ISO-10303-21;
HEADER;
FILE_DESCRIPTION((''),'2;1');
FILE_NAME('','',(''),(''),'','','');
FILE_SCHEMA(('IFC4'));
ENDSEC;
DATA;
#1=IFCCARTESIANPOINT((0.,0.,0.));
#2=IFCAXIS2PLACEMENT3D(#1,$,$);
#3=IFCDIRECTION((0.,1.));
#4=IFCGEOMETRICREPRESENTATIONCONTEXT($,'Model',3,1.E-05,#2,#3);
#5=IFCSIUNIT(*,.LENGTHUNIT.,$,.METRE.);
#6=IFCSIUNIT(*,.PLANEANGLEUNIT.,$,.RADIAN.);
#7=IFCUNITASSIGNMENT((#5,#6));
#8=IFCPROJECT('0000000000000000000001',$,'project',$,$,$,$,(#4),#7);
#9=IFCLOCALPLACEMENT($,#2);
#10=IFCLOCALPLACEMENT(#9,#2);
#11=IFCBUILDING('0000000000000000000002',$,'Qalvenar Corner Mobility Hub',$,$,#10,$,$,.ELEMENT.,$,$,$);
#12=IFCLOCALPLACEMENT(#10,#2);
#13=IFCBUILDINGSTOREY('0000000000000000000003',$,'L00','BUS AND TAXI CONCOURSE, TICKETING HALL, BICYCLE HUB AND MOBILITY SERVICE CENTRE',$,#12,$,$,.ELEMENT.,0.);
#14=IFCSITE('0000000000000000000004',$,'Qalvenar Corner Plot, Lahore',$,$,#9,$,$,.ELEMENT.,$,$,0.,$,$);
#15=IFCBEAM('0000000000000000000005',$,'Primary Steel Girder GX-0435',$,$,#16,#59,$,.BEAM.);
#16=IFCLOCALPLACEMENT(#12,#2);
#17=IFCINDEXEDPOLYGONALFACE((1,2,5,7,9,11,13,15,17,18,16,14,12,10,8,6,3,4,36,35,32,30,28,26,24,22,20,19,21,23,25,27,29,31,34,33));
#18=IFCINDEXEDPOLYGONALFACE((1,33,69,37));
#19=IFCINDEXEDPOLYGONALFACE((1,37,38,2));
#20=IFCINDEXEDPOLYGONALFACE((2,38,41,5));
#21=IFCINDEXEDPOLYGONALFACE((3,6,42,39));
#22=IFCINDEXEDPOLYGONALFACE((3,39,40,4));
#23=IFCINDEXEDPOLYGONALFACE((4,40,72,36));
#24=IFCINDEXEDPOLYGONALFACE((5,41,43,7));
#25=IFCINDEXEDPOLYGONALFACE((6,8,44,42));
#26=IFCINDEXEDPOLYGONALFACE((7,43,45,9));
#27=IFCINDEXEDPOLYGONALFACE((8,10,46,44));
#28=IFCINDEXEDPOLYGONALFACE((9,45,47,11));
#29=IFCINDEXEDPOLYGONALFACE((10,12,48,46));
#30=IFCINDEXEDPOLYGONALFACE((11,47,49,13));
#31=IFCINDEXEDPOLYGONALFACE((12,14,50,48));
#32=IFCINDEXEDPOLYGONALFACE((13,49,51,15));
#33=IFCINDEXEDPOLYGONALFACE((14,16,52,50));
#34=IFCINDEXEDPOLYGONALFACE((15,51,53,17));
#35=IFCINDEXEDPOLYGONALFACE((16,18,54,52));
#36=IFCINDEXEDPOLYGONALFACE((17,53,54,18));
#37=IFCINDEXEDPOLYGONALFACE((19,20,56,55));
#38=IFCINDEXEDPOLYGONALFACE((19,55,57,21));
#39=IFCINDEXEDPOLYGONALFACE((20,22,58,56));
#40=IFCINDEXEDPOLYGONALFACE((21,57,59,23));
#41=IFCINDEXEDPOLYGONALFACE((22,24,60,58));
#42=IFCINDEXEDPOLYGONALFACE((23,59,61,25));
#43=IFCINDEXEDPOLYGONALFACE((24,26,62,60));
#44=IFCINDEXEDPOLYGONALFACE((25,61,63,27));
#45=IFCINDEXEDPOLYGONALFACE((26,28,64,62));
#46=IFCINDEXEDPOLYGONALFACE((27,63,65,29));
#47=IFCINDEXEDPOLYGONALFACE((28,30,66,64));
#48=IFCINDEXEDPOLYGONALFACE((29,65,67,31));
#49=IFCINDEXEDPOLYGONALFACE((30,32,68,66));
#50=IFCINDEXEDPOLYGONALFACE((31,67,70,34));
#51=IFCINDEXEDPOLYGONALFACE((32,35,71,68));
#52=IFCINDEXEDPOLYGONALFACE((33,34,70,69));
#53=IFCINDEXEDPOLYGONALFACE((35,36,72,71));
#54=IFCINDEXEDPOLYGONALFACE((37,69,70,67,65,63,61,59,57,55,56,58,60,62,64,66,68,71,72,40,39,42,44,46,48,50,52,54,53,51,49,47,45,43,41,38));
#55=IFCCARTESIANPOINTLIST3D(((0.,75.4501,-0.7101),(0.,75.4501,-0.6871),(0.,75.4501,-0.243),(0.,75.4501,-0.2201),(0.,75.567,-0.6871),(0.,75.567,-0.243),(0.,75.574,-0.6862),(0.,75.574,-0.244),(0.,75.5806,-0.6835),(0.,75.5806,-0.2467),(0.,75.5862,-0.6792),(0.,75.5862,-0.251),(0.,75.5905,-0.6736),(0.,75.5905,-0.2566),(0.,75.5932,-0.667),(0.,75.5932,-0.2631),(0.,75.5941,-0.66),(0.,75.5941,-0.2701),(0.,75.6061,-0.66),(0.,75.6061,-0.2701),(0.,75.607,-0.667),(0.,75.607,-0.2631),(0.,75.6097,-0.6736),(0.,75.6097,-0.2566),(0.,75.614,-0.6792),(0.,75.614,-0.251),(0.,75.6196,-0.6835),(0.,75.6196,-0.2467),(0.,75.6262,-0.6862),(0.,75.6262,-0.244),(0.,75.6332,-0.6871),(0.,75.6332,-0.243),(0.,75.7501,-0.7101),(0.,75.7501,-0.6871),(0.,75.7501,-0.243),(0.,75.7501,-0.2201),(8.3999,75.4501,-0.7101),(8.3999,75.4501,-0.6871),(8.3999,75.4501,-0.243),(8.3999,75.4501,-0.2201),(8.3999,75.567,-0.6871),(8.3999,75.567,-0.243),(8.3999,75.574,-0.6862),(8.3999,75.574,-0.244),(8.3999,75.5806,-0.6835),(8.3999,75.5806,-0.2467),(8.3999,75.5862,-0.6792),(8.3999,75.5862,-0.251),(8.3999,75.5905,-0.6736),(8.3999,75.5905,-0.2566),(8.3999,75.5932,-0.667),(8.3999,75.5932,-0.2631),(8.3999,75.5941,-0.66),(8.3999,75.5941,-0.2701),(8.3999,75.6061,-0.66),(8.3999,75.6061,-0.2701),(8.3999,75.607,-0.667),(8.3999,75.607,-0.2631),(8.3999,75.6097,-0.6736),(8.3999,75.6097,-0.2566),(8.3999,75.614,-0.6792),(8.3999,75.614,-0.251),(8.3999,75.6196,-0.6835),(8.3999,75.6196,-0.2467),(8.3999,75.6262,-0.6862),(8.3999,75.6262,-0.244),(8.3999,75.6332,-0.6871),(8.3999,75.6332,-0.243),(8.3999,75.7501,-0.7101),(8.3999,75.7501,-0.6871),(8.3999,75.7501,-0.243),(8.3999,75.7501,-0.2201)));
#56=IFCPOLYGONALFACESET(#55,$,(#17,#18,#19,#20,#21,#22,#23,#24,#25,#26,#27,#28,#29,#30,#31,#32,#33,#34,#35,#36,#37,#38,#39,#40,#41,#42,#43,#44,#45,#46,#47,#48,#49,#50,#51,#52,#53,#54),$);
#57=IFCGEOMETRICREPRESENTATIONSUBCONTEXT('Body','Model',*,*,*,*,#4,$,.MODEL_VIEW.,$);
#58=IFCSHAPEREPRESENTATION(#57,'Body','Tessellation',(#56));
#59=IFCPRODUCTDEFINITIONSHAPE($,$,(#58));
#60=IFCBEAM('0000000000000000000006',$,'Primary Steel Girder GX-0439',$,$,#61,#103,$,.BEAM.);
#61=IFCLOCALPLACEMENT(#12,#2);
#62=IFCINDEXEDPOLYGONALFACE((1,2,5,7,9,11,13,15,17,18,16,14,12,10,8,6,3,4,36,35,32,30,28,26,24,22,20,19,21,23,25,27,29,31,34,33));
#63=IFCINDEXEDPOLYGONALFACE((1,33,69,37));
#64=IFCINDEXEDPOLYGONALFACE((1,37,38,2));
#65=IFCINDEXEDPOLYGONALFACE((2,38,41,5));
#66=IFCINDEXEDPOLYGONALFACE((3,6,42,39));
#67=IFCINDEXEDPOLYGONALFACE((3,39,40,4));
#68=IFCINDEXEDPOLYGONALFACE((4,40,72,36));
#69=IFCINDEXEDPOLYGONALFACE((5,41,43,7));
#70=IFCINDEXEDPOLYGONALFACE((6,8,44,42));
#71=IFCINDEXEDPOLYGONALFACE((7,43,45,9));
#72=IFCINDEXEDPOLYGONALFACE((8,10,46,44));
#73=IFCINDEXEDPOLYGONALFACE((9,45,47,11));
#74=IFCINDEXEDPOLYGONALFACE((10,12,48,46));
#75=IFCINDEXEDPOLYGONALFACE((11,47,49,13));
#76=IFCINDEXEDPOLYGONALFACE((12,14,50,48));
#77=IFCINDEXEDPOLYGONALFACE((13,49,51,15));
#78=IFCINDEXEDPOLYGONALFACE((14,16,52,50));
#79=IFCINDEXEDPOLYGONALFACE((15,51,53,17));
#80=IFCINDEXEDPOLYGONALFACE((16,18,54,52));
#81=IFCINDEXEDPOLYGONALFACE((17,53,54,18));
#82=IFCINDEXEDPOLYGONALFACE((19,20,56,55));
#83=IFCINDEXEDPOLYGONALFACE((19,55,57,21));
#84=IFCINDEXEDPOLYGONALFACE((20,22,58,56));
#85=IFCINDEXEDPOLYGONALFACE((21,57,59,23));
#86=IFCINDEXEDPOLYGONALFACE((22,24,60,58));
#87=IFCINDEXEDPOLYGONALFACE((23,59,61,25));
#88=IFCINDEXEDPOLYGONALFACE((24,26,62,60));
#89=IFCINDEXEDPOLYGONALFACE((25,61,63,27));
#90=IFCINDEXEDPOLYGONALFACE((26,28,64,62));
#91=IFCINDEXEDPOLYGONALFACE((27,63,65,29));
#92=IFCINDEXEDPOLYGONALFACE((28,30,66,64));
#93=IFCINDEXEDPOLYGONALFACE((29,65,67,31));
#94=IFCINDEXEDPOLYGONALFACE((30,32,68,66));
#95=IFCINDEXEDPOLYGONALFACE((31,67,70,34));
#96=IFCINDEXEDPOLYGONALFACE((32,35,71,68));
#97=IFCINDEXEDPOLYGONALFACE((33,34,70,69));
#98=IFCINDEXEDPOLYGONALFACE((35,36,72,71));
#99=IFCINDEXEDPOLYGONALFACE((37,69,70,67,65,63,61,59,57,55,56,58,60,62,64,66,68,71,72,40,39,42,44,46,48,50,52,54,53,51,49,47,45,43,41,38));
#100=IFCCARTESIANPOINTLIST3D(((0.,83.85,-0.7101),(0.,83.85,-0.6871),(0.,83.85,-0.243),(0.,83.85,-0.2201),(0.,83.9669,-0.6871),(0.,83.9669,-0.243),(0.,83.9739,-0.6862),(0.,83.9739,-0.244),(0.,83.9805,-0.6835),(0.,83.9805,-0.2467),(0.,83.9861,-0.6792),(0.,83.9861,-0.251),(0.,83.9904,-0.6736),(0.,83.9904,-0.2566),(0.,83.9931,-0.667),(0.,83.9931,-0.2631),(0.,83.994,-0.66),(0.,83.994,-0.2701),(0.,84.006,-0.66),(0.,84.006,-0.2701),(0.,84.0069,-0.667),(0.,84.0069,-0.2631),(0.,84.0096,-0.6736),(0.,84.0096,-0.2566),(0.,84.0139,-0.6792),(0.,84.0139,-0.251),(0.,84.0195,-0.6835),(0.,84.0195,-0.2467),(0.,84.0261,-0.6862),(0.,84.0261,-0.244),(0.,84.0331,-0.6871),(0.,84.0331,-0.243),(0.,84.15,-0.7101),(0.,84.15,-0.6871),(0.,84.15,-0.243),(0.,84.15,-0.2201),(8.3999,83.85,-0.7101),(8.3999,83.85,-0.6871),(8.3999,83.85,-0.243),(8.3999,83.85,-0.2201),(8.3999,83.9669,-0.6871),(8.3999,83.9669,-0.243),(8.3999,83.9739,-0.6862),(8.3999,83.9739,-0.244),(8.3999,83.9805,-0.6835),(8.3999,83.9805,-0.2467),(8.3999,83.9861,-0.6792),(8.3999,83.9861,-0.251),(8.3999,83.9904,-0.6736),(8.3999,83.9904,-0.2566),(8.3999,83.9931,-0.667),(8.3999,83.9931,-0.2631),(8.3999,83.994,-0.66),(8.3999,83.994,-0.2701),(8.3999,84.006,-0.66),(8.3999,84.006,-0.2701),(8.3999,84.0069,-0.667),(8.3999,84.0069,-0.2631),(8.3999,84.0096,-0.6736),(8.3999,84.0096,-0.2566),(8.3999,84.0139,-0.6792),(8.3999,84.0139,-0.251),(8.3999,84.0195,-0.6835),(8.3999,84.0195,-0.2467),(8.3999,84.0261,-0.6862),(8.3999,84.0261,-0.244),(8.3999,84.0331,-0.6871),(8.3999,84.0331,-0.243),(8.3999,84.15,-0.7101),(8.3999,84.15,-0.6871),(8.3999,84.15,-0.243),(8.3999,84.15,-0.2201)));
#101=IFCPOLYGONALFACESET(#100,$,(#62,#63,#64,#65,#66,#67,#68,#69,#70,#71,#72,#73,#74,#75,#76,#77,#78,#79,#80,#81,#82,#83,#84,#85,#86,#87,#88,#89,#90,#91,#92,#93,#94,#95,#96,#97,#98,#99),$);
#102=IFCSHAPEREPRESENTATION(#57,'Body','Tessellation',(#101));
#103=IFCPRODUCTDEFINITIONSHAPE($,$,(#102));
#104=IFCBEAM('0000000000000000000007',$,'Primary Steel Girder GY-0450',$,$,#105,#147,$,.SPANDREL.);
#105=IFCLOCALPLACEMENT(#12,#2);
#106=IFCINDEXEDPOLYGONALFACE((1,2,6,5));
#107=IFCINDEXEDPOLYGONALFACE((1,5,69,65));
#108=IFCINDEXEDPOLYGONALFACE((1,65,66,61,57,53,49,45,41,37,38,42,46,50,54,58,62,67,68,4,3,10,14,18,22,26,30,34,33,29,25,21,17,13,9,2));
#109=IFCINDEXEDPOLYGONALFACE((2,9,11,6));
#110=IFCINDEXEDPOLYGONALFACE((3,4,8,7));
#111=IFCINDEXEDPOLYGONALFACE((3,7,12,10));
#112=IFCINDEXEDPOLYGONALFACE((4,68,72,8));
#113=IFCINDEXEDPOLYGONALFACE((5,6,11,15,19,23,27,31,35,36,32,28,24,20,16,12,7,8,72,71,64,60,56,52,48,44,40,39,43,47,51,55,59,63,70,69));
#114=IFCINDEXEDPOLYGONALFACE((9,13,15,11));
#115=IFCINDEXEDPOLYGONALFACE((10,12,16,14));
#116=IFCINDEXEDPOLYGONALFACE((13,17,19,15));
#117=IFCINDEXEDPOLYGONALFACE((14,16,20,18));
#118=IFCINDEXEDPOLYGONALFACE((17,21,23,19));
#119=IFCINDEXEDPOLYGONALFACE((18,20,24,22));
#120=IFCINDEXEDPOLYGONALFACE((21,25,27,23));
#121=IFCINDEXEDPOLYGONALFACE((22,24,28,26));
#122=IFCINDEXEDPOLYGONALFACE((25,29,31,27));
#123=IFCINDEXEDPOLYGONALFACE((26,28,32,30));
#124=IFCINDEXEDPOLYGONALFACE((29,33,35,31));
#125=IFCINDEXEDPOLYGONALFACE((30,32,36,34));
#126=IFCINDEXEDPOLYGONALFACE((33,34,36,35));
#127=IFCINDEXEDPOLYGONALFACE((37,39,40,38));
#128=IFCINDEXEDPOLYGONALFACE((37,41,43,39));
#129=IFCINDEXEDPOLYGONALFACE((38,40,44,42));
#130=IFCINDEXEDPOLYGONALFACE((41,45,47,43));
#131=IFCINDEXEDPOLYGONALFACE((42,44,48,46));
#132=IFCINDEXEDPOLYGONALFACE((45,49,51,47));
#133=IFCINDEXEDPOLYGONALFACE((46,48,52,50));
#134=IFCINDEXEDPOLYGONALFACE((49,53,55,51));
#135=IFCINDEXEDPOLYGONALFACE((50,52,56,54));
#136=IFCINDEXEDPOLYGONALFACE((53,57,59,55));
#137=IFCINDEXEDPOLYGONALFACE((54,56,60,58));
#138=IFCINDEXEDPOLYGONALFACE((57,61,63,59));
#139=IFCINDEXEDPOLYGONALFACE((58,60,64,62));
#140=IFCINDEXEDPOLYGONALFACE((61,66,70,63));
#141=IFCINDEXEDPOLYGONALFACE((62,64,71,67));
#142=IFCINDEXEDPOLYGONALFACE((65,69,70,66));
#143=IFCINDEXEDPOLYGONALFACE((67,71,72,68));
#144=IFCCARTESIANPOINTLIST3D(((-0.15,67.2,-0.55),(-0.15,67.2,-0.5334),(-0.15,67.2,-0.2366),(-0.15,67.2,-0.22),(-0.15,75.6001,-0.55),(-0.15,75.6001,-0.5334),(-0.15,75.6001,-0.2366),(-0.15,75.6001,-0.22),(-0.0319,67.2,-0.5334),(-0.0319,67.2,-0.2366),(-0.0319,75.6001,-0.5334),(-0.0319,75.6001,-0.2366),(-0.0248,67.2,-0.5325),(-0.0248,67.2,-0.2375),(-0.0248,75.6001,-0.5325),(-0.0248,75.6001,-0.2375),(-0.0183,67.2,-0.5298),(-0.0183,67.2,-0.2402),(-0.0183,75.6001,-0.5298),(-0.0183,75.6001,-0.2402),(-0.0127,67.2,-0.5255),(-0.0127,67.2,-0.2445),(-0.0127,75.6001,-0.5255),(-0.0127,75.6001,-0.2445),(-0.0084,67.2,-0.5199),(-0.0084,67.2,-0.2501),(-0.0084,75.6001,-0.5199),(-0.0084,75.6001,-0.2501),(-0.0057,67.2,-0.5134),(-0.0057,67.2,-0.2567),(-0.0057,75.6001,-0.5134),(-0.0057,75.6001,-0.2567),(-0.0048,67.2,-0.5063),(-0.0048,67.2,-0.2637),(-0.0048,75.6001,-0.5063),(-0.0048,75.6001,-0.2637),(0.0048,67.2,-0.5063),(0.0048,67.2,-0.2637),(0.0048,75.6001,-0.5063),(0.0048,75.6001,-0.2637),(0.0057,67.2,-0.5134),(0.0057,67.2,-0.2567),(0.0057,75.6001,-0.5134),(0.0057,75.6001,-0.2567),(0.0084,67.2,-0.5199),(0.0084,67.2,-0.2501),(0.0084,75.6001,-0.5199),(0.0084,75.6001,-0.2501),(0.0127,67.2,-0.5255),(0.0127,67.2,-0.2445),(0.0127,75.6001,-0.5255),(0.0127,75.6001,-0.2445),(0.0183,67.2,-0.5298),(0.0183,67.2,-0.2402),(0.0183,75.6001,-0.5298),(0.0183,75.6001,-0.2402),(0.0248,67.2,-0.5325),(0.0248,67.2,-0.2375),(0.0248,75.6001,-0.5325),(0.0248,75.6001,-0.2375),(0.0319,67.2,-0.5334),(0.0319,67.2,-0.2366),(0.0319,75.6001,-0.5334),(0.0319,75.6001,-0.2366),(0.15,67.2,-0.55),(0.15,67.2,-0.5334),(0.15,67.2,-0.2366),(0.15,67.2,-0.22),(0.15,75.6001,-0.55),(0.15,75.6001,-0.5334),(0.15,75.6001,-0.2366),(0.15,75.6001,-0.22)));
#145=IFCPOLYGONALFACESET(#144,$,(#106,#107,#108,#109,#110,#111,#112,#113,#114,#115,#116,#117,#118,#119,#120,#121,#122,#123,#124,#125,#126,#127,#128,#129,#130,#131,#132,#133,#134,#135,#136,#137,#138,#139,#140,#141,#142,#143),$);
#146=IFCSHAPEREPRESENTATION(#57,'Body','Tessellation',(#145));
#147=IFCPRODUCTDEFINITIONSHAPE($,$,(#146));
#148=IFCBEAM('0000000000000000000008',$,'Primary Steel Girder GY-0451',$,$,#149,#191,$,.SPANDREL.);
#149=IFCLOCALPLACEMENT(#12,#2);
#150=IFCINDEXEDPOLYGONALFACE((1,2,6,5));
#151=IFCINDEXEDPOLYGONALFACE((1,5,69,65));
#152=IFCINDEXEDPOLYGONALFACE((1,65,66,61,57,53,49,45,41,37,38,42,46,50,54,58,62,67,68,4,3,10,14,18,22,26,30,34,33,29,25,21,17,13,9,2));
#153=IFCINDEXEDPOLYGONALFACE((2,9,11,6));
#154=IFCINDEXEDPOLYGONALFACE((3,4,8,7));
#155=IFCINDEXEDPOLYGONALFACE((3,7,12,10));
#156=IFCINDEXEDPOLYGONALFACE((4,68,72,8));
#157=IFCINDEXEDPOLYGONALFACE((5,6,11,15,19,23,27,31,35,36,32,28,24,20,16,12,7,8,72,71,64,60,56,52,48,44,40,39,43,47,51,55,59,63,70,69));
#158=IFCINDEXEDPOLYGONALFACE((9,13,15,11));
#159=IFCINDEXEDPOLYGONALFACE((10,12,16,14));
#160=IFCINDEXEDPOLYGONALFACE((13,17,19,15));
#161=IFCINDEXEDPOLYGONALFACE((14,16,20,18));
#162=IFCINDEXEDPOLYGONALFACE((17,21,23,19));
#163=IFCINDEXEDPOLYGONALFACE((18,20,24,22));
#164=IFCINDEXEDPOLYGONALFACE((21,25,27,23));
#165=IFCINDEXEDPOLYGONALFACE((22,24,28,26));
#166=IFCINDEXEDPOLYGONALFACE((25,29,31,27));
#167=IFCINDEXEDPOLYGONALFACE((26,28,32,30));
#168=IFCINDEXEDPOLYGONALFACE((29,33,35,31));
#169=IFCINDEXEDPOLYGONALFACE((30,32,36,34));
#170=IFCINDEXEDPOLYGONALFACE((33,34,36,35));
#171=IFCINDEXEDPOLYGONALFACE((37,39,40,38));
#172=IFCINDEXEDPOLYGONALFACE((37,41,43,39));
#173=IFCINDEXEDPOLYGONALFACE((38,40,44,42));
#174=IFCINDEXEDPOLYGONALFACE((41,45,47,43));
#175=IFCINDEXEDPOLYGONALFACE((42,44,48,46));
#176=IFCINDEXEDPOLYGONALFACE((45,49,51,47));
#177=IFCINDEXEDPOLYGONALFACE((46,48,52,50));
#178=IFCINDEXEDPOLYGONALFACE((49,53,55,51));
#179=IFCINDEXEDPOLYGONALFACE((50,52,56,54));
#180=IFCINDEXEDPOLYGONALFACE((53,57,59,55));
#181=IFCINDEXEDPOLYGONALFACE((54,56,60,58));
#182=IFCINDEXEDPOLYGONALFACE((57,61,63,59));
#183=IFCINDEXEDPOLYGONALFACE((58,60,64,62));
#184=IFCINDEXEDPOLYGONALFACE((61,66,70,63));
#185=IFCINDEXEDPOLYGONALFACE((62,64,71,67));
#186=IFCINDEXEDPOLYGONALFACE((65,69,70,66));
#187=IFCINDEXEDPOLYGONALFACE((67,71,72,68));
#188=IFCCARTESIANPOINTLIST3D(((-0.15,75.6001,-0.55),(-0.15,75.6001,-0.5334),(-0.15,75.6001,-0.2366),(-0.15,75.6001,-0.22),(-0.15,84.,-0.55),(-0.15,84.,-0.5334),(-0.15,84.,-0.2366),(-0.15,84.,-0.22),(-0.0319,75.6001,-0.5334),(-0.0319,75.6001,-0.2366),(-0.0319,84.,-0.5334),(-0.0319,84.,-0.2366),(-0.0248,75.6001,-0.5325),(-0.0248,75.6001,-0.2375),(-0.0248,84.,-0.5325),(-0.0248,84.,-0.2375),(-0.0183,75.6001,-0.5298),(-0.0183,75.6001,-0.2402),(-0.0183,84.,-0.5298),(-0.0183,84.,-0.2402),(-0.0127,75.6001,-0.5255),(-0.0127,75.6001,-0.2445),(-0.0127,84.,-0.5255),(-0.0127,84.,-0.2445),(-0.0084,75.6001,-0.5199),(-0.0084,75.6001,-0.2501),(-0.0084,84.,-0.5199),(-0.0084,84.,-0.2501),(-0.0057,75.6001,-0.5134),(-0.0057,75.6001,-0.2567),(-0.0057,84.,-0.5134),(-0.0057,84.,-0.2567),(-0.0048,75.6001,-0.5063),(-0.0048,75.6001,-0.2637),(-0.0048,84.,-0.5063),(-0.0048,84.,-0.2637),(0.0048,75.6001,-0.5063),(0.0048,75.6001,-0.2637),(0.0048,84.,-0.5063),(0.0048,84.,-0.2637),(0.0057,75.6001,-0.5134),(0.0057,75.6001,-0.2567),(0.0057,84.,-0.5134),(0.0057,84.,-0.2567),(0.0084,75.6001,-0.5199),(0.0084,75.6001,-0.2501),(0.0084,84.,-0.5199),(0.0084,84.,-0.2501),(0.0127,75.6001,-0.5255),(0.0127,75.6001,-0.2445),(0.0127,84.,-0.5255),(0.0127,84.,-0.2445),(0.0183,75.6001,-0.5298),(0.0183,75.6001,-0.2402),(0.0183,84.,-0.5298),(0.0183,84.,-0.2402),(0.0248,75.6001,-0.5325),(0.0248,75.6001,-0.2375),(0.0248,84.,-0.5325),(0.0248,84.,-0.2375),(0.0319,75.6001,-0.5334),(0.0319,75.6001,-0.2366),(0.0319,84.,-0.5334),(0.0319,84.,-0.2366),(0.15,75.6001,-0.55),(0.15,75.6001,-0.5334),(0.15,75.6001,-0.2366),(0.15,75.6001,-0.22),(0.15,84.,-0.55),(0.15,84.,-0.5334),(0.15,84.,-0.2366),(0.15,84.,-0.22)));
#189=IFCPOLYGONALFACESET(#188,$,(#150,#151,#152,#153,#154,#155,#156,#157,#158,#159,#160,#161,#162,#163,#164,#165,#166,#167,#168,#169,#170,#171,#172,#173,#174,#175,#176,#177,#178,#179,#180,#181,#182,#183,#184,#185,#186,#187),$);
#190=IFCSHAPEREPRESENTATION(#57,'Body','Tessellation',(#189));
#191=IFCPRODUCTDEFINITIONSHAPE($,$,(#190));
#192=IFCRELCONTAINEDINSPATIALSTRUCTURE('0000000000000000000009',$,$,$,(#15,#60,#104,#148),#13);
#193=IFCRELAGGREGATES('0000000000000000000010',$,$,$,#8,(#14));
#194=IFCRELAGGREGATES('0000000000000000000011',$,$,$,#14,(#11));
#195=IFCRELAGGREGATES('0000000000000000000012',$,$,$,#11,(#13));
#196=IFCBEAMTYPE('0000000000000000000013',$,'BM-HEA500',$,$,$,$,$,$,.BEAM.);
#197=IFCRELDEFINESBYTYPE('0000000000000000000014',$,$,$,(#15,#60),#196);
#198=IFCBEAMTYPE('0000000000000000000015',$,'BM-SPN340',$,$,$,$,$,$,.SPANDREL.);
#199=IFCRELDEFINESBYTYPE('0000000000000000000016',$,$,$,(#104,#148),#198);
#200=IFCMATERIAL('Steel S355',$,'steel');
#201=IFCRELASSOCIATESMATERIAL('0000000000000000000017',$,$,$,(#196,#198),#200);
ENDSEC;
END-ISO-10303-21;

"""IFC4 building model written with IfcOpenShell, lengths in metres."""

from ifc_helpers import new_model, si_unit, direction, frame, origin, origin_2d, place, context, subcontext, project, spatial, i_section, extrude, material, material_profile, profile_set, type_object, element, save


model = new_model("IFC4")

# Units and contexts
model_context = context("Model", 3, precision=1e-05, world=origin(), true_north=direction((0.0, 1.0)))
body_context = subcontext(model_context, "Body", "Model", "MODEL_VIEW")
ifc_project = project(units=[si_unit("LENGTHUNIT", "METRE"), si_unit("PLANEANGLEUNIT", "RADIAN")], contexts=[model_context])

# Site, building, storey
site_placement = place(None, origin())
site = spatial("IfcSite", under=ifc_project, at=site_placement, Name="Qalvenar Corner Plot, Lahore", CompositionType="ELEMENT", RefElevation=0.0)
building_placement = place(site_placement, origin())
building = spatial("IfcBuilding", under=site, at=building_placement, Name="Qalvenar Corner Mobility Hub", CompositionType="ELEMENT")
storey_placement = place(building_placement, origin())
storey = spatial("IfcBuildingStorey", under=building, at=storey_placement, Name="L00", Description="BUS AND TAXI CONCOURSE, TICKETING HALL, BICYCLE HUB AND MOBILITY SERVICE CENTRE", CompositionType="ELEMENT", Elevation=0.0)

# Shared definitions
ifc_material_1 = material(Name="Steel S355", Category="steel")

# Beams
ifc_material_profile_1 = material_profile(ifc_material_1, i_section(OverallWidth=0.3, OverallDepth=0.49, WebThickness=0.012, FlangeThickness=0.0229, FilletRadius=0.0271, at=origin_2d()), Name="HEA500")
ifc_profile_set_1 = profile_set([ifc_material_profile_1], Name="Steel S355")
beam_type_1 = type_object("IfcBeamType", Name="BM-HEA500", PredefinedType="BEAM", material=ifc_profile_set_1)
for number, where, z_axis, x_axis, name in (
    (1, (0.0, 75.6001, -0.4651), (1.0, 0.0, 0.0), (0.0, 1.0, 0.0), "Primary Steel Girder GX-0435"),
    (2, (0.0, 84.0, -0.4651), (1.0, 0.0, 0.0), (0.0, 1.0, 0.0), "Primary Steel Girder GX-0439"),
):
    element("IfcBeam", number, at=place(storey_placement, frame(where, z_axis=z_axis, x_axis=x_axis)), inside=storey, type_object=beam_type_1, Name=name, PredefinedType="BEAM", context=body_context, shape_type="SweptSolid", body=[
        extrude(i_section(OverallWidth=0.3, OverallDepth=0.49, WebThickness=0.012, FlangeThickness=0.0229, FilletRadius=0.0271, at=origin_2d()), origin(), (0.0, 0.0, 1.0), 8.3999),
    ])
ifc_material_profile_2 = material_profile(ifc_material_1, i_section(OverallWidth=0.3, OverallDepth=0.3301, WebThickness=0.0095, FlangeThickness=0.0166, FilletRadius=0.0271, at=origin_2d()), Name="HEA340")
ifc_profile_set_2 = profile_set([ifc_material_profile_2], Name="Steel S355")
beam_type_2 = type_object("IfcBeamType", Name="BM-SPN340", PredefinedType="SPANDREL", material=ifc_profile_set_2)
beam_1_placement = place(storey_placement, frame((0.0, 67.2, -0.385), z_axis=(0.0, 1.0, 0.0), x_axis=(-1.0, 0.0, 0.0)))
element("IfcBeam", 3, at=beam_1_placement, inside=storey, type_object=beam_type_2, Name="Primary Steel Girder GY-0450", PredefinedType="SPANDREL", context=body_context, shape_type="SweptSolid", body=[
    extrude(i_section(OverallWidth=0.3, OverallDepth=0.3301, WebThickness=0.0095, FlangeThickness=0.0166, FilletRadius=0.0271, at=origin_2d()), origin(), (0.0, 0.0, 1.0), 8.4001),
])
beam_2_placement = place(storey_placement, frame((0.0, 75.6001, -0.385), z_axis=(0.0, 1.0, 0.0), x_axis=(-1.0, 0.0, 0.0)))
element("IfcBeam", 4, at=beam_2_placement, inside=storey, type_object=beam_type_2, Name="Primary Steel Girder GY-0451", PredefinedType="SPANDREL", context=body_context, shape_type="SweptSolid", body=[
    extrude(i_section(OverallWidth=0.3, OverallDepth=0.3301, WebThickness=0.0095, FlangeThickness=0.0166, FilletRadius=0.0271, at=origin_2d()), origin(), (0.0, 0.0, 1.0), 8.3999),
])

save(model, "model.ifc")
